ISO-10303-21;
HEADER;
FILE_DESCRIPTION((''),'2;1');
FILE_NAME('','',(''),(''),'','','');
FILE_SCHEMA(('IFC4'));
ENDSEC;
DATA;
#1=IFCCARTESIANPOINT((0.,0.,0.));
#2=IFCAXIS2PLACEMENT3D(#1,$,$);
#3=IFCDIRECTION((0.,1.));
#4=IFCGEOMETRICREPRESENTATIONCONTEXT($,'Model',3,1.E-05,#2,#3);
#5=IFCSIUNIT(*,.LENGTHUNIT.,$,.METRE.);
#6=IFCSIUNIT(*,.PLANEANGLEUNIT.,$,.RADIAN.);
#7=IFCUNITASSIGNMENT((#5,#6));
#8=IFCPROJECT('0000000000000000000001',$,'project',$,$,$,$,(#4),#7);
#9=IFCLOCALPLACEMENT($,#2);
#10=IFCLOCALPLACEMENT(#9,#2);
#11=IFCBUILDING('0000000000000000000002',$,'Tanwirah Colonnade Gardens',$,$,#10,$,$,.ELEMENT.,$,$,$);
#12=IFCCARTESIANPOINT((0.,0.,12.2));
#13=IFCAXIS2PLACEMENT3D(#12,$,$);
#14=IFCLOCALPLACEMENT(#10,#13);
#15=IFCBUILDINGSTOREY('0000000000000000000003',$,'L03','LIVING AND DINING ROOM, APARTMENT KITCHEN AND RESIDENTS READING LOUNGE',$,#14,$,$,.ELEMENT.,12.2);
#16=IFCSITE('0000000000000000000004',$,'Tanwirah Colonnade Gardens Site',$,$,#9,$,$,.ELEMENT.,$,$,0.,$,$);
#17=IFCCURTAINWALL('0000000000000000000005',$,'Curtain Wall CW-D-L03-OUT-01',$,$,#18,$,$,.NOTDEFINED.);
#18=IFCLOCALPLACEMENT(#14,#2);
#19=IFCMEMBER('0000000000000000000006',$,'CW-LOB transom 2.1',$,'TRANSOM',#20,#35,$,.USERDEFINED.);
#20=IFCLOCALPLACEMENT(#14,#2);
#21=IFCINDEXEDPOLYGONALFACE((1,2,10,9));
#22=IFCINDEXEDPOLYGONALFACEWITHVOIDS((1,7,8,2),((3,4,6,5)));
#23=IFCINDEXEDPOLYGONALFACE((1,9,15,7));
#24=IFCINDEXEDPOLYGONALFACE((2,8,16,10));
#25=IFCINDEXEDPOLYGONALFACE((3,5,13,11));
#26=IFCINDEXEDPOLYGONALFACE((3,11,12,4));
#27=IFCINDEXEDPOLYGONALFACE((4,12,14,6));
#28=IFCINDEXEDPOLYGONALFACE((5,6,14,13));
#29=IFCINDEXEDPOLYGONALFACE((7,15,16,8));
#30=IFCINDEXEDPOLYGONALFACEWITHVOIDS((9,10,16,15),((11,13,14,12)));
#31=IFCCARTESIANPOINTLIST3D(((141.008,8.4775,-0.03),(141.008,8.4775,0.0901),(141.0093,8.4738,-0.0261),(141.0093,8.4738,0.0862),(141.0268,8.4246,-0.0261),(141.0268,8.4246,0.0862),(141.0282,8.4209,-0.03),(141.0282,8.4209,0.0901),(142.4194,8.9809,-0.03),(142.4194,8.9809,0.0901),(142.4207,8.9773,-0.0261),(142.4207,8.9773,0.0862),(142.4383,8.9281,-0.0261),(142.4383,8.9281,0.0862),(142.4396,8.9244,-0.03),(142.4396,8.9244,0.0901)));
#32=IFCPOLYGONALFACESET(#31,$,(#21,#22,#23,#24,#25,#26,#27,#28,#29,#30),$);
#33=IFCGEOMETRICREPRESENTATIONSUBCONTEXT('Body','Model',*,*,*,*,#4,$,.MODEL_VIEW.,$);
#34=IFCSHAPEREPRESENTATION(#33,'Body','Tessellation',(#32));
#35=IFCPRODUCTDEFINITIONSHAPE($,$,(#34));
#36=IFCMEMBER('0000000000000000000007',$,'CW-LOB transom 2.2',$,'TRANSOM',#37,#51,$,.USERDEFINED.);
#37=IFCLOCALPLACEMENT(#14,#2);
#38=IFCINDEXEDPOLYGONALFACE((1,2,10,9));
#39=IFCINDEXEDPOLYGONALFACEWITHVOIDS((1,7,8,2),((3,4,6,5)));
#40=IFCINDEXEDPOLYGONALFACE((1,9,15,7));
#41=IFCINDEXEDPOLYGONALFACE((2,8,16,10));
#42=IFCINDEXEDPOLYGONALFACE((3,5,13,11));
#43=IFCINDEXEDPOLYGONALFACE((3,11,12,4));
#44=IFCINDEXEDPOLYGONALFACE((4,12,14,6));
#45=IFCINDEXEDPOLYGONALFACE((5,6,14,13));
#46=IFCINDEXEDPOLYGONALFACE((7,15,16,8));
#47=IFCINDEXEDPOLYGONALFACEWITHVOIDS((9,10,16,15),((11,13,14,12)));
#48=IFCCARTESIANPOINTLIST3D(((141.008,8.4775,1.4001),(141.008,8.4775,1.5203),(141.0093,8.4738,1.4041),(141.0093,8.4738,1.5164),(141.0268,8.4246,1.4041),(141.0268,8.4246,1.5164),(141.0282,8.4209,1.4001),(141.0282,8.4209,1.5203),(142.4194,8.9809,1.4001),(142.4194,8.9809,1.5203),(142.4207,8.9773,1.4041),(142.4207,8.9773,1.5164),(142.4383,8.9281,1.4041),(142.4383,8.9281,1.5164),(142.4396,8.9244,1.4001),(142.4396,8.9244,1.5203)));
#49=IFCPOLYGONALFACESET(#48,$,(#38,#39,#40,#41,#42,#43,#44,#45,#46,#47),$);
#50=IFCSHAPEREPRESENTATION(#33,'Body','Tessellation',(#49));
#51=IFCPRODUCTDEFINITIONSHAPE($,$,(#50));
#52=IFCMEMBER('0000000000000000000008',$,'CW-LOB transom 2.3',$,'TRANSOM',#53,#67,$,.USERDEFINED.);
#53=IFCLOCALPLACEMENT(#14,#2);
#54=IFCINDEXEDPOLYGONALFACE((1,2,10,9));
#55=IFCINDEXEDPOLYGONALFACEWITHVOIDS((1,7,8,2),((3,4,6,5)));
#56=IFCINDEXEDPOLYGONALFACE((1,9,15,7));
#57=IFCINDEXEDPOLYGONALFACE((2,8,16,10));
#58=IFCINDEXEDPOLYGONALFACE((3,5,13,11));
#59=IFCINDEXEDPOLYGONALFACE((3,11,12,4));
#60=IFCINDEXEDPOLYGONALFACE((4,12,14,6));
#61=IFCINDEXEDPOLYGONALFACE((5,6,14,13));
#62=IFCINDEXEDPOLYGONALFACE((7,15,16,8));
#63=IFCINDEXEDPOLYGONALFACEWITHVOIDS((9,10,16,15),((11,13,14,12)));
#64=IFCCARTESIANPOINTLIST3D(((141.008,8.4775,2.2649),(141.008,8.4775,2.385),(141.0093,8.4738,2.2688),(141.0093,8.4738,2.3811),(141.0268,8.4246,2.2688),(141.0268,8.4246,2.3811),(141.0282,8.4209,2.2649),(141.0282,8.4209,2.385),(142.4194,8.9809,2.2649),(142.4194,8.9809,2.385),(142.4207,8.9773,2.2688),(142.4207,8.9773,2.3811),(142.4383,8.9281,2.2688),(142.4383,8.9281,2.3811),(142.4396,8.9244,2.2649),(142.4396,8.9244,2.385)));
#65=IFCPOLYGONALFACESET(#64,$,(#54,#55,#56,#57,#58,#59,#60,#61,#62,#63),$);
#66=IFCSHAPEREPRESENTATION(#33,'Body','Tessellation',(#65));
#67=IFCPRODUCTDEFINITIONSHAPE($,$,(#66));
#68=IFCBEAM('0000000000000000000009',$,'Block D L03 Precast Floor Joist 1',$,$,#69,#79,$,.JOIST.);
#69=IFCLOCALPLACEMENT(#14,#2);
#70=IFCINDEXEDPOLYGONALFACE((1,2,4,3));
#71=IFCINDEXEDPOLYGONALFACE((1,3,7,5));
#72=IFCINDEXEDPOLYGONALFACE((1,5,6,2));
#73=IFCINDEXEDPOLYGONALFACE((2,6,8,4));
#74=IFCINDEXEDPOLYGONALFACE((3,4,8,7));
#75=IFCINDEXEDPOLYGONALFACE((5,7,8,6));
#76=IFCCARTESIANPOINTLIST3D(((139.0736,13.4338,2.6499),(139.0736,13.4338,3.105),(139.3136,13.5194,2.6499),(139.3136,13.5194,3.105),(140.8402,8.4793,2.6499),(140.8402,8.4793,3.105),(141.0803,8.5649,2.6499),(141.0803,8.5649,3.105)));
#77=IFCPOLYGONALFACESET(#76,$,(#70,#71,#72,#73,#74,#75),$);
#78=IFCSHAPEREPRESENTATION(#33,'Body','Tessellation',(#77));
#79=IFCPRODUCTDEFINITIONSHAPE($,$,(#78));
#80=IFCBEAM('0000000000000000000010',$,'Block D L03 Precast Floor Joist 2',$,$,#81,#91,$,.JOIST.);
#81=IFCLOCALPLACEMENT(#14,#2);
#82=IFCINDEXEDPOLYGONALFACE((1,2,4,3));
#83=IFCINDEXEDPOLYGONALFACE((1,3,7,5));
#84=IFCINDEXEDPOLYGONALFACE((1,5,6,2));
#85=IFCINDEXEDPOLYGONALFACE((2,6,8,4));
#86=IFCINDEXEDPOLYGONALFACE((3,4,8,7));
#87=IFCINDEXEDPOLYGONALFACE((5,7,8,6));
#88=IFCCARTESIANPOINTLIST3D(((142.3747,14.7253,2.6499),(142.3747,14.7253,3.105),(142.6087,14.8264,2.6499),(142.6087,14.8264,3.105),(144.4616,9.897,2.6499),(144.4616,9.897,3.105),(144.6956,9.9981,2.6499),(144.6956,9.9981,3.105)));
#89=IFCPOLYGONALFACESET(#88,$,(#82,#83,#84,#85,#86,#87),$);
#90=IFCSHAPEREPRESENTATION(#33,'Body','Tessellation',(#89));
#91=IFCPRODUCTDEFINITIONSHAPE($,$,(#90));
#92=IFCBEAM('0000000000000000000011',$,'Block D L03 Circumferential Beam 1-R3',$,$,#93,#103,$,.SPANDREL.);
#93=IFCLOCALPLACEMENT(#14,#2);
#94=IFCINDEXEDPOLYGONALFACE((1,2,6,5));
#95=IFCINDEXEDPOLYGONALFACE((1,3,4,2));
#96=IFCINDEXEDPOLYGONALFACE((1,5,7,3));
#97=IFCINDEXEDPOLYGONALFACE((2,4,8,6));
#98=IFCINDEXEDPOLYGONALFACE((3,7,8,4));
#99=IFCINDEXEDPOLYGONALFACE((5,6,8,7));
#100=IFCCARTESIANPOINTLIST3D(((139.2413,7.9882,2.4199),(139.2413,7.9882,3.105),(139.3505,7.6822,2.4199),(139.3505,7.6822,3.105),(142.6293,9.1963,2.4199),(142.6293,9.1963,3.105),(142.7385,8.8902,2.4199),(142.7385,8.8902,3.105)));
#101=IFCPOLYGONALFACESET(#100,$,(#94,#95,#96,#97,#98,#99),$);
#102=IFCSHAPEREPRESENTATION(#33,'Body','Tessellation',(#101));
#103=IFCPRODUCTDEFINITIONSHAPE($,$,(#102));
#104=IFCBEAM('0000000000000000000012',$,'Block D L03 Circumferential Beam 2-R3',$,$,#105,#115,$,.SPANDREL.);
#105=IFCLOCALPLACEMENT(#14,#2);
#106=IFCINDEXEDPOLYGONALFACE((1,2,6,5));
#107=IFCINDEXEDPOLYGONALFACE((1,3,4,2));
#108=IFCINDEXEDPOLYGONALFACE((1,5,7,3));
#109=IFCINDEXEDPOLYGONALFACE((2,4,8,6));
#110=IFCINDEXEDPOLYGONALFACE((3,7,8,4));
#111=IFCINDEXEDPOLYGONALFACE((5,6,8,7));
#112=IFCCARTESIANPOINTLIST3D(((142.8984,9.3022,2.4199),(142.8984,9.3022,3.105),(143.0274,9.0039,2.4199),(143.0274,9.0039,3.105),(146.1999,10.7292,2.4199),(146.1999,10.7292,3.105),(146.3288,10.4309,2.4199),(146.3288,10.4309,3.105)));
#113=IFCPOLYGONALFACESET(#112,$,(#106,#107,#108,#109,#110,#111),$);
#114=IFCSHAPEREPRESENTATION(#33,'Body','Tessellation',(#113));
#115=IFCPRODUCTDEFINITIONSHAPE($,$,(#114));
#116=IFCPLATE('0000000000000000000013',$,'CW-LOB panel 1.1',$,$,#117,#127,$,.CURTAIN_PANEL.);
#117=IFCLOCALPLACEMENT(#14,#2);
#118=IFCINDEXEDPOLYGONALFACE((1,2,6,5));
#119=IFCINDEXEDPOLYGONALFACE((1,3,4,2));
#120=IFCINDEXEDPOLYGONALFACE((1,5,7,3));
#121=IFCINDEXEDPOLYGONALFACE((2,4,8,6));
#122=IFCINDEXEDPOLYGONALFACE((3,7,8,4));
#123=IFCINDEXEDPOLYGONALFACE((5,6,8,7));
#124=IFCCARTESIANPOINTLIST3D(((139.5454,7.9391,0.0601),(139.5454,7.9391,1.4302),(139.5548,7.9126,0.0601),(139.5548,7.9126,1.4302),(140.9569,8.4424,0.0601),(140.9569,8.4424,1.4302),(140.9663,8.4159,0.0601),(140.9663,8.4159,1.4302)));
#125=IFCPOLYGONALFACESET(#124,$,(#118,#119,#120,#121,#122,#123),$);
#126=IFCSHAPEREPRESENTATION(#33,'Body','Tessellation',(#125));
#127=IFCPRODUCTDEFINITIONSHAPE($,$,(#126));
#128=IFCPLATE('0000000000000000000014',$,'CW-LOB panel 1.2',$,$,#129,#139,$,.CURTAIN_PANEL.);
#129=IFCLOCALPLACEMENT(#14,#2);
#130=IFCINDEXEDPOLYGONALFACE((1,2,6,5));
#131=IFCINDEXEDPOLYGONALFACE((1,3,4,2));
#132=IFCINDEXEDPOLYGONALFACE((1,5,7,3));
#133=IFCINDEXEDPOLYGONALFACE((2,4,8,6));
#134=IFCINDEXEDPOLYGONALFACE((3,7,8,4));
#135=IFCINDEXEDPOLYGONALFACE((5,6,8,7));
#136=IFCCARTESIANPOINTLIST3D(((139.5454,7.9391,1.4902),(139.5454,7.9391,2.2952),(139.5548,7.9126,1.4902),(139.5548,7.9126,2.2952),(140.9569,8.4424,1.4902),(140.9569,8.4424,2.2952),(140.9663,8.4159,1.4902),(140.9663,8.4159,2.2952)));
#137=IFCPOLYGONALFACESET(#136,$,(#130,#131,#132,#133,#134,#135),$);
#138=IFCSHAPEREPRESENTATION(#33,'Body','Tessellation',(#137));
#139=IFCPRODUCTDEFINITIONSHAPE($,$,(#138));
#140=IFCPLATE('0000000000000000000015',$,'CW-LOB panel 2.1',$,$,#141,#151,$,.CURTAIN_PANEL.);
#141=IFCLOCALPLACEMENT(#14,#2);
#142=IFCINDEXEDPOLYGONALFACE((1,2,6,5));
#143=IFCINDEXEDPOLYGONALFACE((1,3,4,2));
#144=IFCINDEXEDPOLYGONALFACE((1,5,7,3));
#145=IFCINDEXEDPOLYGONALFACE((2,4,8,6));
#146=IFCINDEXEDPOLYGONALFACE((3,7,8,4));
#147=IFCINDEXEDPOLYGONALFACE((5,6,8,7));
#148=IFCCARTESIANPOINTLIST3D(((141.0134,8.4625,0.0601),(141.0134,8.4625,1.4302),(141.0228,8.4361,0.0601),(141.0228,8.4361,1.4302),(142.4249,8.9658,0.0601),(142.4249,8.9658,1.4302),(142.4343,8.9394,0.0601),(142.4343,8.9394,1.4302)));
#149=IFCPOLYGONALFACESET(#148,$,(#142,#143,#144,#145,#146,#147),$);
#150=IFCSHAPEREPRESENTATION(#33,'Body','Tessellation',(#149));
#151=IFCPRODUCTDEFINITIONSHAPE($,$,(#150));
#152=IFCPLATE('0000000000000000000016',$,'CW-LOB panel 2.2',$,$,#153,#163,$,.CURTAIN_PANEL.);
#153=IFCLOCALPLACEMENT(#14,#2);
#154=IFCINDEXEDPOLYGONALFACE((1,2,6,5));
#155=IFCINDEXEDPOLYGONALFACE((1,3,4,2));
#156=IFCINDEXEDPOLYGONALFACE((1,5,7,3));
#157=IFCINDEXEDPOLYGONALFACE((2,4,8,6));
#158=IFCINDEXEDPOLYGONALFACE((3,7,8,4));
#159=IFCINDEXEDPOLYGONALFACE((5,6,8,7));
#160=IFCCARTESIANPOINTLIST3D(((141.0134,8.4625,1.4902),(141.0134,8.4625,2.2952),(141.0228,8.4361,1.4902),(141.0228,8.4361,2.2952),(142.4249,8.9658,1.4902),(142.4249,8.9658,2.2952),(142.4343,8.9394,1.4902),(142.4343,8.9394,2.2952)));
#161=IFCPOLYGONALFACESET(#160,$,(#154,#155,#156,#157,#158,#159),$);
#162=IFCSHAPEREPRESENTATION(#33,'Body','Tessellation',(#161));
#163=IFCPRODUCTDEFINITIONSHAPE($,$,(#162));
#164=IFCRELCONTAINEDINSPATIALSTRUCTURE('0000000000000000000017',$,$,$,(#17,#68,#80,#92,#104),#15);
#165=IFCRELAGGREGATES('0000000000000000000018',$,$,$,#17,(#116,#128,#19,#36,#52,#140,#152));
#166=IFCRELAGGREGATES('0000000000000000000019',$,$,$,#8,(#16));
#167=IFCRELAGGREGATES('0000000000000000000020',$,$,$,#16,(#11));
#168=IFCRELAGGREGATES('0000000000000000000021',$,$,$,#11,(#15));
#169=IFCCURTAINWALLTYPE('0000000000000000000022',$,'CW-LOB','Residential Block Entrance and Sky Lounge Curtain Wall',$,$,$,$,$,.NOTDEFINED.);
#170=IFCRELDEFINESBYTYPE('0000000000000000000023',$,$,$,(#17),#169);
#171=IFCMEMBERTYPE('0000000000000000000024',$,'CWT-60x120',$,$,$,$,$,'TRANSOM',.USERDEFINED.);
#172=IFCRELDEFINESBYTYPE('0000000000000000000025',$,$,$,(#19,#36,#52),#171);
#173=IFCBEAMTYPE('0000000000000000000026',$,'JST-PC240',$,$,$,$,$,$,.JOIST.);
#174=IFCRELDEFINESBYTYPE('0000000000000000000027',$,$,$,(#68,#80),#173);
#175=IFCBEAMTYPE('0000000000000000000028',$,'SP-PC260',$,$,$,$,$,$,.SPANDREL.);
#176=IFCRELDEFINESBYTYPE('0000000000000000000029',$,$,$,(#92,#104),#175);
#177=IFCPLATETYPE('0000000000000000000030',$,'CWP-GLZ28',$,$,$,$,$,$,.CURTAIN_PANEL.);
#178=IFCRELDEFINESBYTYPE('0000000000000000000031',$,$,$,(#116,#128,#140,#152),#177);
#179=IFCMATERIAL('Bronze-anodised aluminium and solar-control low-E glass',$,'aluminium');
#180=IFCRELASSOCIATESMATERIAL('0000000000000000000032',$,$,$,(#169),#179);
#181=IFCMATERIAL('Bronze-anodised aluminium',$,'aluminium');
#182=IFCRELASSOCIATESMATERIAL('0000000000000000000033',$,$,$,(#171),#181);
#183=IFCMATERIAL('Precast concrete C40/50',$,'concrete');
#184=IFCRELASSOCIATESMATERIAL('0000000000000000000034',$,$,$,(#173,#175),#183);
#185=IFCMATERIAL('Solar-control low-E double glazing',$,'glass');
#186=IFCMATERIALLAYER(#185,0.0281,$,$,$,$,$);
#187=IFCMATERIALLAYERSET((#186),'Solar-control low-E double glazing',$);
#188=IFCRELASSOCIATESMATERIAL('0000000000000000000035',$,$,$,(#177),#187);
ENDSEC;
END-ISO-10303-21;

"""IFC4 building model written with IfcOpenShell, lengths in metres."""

from ifc_helpers import new_model, si_unit, direction, frame, origin, origin_2d, place, context, subcontext, project, spatial, rectangle, hollow_rectangle, extrude, material, layer, layer_set, material_profile, profile_set, type_object, element, aggregate, save


model = new_model("IFC4")

# Units and contexts
model_context = context("Model", 3, precision=1e-05, world=origin(), true_north=direction((0.0, 1.0)))
body_context = subcontext(model_context, "Body", "Model", "MODEL_VIEW")
ifc_project = project(units=[si_unit("LENGTHUNIT", "METRE"), si_unit("PLANEANGLEUNIT", "RADIAN")], contexts=[model_context])

# Site, building, storey
site_placement = place(None, origin())
site = spatial("IfcSite", under=ifc_project, at=site_placement, Name="Tanwirah Colonnade Gardens Site", CompositionType="ELEMENT", RefElevation=0.0)
building_placement = place(site_placement, origin())
building = spatial("IfcBuilding", under=site, at=building_placement, Name="Tanwirah Colonnade Gardens", CompositionType="ELEMENT")
storey_placement = place(building_placement, frame((0.0, 0.0, 12.2)))
storey = spatial("IfcBuildingStorey", under=building, at=storey_placement, Name="L03", Description="LIVING AND DINING ROOM, APARTMENT KITCHEN AND RESIDENTS READING LOUNGE", CompositionType="ELEMENT", Elevation=12.2)

# Shared definitions
ifc_material_1 = material(Name="Precast concrete C40/50", Category="concrete")

# Curtain wall, members
ifc_material_2 = material(Name="Bronze-anodised aluminium and solar-control low-E glass", Category="aluminium")
curtain_wall_type = type_object("IfcCurtainWallType", Name="CW-LOB", Description="Residential Block Entrance and Sky Lounge Curtain Wall", PredefinedType="NOTDEFINED", material=ifc_material_2)
curtain_wall_placement = place(storey_placement, origin())
curtain_wall = element("IfcCurtainWall", 1, at=curtain_wall_placement, inside=storey, type_object=curtain_wall_type, Name="Curtain Wall CW-D-L03-OUT-01", PredefinedType="NOTDEFINED")
ifc_material_3 = material(Name="Bronze-anodised aluminium", Category="aluminium")
ifc_material_profile_1 = material_profile(ifc_material_3, hollow_rectangle(XDim=0.0601, YDim=0.1201, WallThickness=0.0039, at=origin_2d()), Name="CW-TRN 60x120x4")
ifc_profile_set_1 = profile_set([ifc_material_profile_1], Name="Bronze-anodised aluminium")
member_type_1 = type_object("IfcMemberType", Name="CWT-60x120", ElementType="TRANSOM", PredefinedType="USERDEFINED", material=ifc_profile_set_1)
member_1_placement = place(storey_placement, frame((141.0181, 8.4492, 0.03), z_axis=(0.941878, 0.335954, 0.0), x_axis=(-0.335954, 0.941878, 0.0)))
member_1 = element("IfcMember", 2, at=member_1_placement, type_object=member_type_1, Name="CW-LOB transom 2.1", ObjectType="TRANSOM", PredefinedType="USERDEFINED", context=body_context, shape_type="SweptSolid", body=[
    extrude(hollow_rectangle(XDim=0.0601, YDim=0.1201, WallThickness=0.0039, at=origin_2d()), origin(), (0.0, 0.0, 1.0), 1.4985),
])
member_2_placement = place(storey_placement, frame((141.0181, 8.4492, 1.4602), z_axis=(0.941878, 0.335954, 0.0), x_axis=(-0.335954, 0.941878, 0.0)))
member_2 = element("IfcMember", 3, at=member_2_placement, type_object=member_type_1, Name="CW-LOB transom 2.2", ObjectType="TRANSOM", PredefinedType="USERDEFINED", context=body_context, shape_type="SweptSolid", body=[
    extrude(hollow_rectangle(XDim=0.0601, YDim=0.1201, WallThickness=0.0039, at=origin_2d()), origin(), (0.0, 0.0, 1.0), 1.4985),
])
member_3_placement = place(storey_placement, frame((141.0181, 8.4492, 2.325), z_axis=(0.941878, 0.335954, 0.0), x_axis=(-0.335954, 0.941878, 0.0)))
member_3 = element("IfcMember", 4, at=member_3_placement, type_object=member_type_1, Name="CW-LOB transom 2.3", ObjectType="TRANSOM", PredefinedType="USERDEFINED", context=body_context, shape_type="SweptSolid", body=[
    extrude(hollow_rectangle(XDim=0.0601, YDim=0.1201, WallThickness=0.0039, at=origin_2d()), origin(), (0.0, 0.0, 1.0), 1.4985),
])

# Beams
ifc_material_profile_2 = material_profile(ifc_material_1, rectangle(XDim=0.2549, YDim=0.4551, at=origin_2d()), Name="PC-JST 255x455")
ifc_profile_set_2 = profile_set([ifc_material_profile_2], Name="Precast concrete C40/50")
beam_type_1 = type_object("IfcBeamType", Name="JST-PC240", PredefinedType="JOIST", material=ifc_profile_set_2)
for number, where, z_axis, x_axis, name in (
    (5, (139.1936, 13.4766, 2.8774), (0.335863, -0.941911, 0.0), (0.941911, 0.335863, 0.0), "Block D L03 Precast Floor Joist 1"),
    (6, (142.4917, 14.7759, 2.8774), (0.396746, -0.917928, 0.0), (0.917928, 0.396746, 0.0), "Block D L03 Precast Floor Joist 2"),
):
    element("IfcBeam", number, at=place(storey_placement, frame(where, z_axis=z_axis, x_axis=x_axis)), inside=storey, type_object=beam_type_1, Name=name, PredefinedType="JOIST", context=body_context, shape_type="SweptSolid", body=[
        extrude(rectangle(XDim=0.2549, YDim=0.4551, at=origin_2d()), origin(), (0.0, 0.0, 1.0), 5.26),
    ])
ifc_material_profile_3 = material_profile(ifc_material_1, rectangle(XDim=0.325, YDim=0.6851, at=origin_2d()), Name="PC-SP 325x685")
ifc_profile_set_3 = profile_set([ifc_material_profile_3], Name="Precast concrete C40/50")
beam_type_2 = type_object("IfcBeamType", Name="SP-PC260", PredefinedType="SPANDREL", material=ifc_profile_set_3)
beam_1_placement = place(storey_placement, frame((139.2959, 7.8352, 2.7625), z_axis=(0.941915, 0.33585, 0.0), x_axis=(-0.33585, 0.941915, 0.0)))
element("IfcBeam", 7, at=beam_1_placement, inside=storey, type_object=beam_type_2, Name="Block D L03 Circumferential Beam 1-R3", PredefinedType="SPANDREL", context=body_context, shape_type="SweptSolid", body=[
    extrude(rectangle(XDim=0.325, YDim=0.6851, at=origin_2d()), origin(), (0.0, 0.0, 1.0), 3.5969),
])
beam_2_placement = place(storey_placement, frame((142.9629, 9.1531, 2.7625), z_axis=(0.917926, 0.396752, 0.0), x_axis=(-0.396752, 0.917926, 0.0)))
element("IfcBeam", 8, at=beam_2_placement, inside=storey, type_object=beam_type_2, Name="Block D L03 Circumferential Beam 2-R3", PredefinedType="SPANDREL", context=body_context, shape_type="SweptSolid", body=[
    extrude(rectangle(XDim=0.325, YDim=0.6851, at=origin_2d()), origin(), (0.0, 0.0, 1.0), 3.5967),
])

# Plates
ifc_material_4 = material(Name="Solar-control low-E double glazing", Category="glass")
ifc_layer_1 = layer(ifc_material_4, 0.0281)
ifc_layer_set_1 = layer_set([ifc_layer_1], Name="Solar-control low-E double glazing")
plate_type = type_object("IfcPlateType", Name="CWP-GLZ28", PredefinedType="CURTAIN_PANEL", material=ifc_layer_set_1)
plate_1_placement = place(storey_placement, frame((140.2559, 8.1775, 0.0601), z_axis=(0.0, 0.0, 1.0), x_axis=(0.941911, 0.335862, 0.0)))
plate_1 = element("IfcPlate", 9, at=plate_1_placement, type_object=plate_type, Name="CW-LOB panel 1.1", PredefinedType="CURTAIN_PANEL", context=body_context, shape_type="SweptSolid", body=[
    extrude(rectangle(XDim=1.4985, YDim=0.0281, at=origin_2d()), origin(), (0.0, 0.0, 1.0), 1.3701),
])
plate_2_placement = place(storey_placement, frame((140.2559, 8.1775, 1.4902), z_axis=(0.0, 0.0, 1.0), x_axis=(0.941911, 0.335862, 0.0)))
plate_2 = element("IfcPlate", 10, at=plate_2_placement, type_object=plate_type, Name="CW-LOB panel 1.2", PredefinedType="CURTAIN_PANEL", context=body_context, shape_type="SweptSolid", body=[
    extrude(rectangle(XDim=1.4985, YDim=0.0281, at=origin_2d()), origin(), (0.0, 0.0, 1.0), 0.8049),
])
plate_3_placement = place(storey_placement, frame((141.7239, 8.7009, 0.0601), z_axis=(0.0, 0.0, 1.0), x_axis=(0.941911, 0.335862, 0.0)))
plate_3 = element("IfcPlate", 11, at=plate_3_placement, type_object=plate_type, Name="CW-LOB panel 2.1", PredefinedType="CURTAIN_PANEL", context=body_context, shape_type="SweptSolid", body=[
    extrude(rectangle(XDim=1.4985, YDim=0.0281, at=origin_2d()), origin(), (0.0, 0.0, 1.0), 1.3701),
])
plate_4_placement = place(storey_placement, frame((141.7239, 8.7009, 1.4902), z_axis=(0.0, 0.0, 1.0), x_axis=(0.941911, 0.335862, 0.0)))
plate_4 = element("IfcPlate", 12, at=plate_4_placement, type_object=plate_type, Name="CW-LOB panel 2.2", PredefinedType="CURTAIN_PANEL", context=body_context, shape_type="SweptSolid", body=[
    extrude(rectangle(XDim=1.4985, YDim=0.0281, at=origin_2d()), origin(), (0.0, 0.0, 1.0), 0.8049),
])
aggregate(curtain_wall, [plate_1, plate_2, member_1, member_2, member_3, plate_3, plate_4])

save(model, "model.ifc")
